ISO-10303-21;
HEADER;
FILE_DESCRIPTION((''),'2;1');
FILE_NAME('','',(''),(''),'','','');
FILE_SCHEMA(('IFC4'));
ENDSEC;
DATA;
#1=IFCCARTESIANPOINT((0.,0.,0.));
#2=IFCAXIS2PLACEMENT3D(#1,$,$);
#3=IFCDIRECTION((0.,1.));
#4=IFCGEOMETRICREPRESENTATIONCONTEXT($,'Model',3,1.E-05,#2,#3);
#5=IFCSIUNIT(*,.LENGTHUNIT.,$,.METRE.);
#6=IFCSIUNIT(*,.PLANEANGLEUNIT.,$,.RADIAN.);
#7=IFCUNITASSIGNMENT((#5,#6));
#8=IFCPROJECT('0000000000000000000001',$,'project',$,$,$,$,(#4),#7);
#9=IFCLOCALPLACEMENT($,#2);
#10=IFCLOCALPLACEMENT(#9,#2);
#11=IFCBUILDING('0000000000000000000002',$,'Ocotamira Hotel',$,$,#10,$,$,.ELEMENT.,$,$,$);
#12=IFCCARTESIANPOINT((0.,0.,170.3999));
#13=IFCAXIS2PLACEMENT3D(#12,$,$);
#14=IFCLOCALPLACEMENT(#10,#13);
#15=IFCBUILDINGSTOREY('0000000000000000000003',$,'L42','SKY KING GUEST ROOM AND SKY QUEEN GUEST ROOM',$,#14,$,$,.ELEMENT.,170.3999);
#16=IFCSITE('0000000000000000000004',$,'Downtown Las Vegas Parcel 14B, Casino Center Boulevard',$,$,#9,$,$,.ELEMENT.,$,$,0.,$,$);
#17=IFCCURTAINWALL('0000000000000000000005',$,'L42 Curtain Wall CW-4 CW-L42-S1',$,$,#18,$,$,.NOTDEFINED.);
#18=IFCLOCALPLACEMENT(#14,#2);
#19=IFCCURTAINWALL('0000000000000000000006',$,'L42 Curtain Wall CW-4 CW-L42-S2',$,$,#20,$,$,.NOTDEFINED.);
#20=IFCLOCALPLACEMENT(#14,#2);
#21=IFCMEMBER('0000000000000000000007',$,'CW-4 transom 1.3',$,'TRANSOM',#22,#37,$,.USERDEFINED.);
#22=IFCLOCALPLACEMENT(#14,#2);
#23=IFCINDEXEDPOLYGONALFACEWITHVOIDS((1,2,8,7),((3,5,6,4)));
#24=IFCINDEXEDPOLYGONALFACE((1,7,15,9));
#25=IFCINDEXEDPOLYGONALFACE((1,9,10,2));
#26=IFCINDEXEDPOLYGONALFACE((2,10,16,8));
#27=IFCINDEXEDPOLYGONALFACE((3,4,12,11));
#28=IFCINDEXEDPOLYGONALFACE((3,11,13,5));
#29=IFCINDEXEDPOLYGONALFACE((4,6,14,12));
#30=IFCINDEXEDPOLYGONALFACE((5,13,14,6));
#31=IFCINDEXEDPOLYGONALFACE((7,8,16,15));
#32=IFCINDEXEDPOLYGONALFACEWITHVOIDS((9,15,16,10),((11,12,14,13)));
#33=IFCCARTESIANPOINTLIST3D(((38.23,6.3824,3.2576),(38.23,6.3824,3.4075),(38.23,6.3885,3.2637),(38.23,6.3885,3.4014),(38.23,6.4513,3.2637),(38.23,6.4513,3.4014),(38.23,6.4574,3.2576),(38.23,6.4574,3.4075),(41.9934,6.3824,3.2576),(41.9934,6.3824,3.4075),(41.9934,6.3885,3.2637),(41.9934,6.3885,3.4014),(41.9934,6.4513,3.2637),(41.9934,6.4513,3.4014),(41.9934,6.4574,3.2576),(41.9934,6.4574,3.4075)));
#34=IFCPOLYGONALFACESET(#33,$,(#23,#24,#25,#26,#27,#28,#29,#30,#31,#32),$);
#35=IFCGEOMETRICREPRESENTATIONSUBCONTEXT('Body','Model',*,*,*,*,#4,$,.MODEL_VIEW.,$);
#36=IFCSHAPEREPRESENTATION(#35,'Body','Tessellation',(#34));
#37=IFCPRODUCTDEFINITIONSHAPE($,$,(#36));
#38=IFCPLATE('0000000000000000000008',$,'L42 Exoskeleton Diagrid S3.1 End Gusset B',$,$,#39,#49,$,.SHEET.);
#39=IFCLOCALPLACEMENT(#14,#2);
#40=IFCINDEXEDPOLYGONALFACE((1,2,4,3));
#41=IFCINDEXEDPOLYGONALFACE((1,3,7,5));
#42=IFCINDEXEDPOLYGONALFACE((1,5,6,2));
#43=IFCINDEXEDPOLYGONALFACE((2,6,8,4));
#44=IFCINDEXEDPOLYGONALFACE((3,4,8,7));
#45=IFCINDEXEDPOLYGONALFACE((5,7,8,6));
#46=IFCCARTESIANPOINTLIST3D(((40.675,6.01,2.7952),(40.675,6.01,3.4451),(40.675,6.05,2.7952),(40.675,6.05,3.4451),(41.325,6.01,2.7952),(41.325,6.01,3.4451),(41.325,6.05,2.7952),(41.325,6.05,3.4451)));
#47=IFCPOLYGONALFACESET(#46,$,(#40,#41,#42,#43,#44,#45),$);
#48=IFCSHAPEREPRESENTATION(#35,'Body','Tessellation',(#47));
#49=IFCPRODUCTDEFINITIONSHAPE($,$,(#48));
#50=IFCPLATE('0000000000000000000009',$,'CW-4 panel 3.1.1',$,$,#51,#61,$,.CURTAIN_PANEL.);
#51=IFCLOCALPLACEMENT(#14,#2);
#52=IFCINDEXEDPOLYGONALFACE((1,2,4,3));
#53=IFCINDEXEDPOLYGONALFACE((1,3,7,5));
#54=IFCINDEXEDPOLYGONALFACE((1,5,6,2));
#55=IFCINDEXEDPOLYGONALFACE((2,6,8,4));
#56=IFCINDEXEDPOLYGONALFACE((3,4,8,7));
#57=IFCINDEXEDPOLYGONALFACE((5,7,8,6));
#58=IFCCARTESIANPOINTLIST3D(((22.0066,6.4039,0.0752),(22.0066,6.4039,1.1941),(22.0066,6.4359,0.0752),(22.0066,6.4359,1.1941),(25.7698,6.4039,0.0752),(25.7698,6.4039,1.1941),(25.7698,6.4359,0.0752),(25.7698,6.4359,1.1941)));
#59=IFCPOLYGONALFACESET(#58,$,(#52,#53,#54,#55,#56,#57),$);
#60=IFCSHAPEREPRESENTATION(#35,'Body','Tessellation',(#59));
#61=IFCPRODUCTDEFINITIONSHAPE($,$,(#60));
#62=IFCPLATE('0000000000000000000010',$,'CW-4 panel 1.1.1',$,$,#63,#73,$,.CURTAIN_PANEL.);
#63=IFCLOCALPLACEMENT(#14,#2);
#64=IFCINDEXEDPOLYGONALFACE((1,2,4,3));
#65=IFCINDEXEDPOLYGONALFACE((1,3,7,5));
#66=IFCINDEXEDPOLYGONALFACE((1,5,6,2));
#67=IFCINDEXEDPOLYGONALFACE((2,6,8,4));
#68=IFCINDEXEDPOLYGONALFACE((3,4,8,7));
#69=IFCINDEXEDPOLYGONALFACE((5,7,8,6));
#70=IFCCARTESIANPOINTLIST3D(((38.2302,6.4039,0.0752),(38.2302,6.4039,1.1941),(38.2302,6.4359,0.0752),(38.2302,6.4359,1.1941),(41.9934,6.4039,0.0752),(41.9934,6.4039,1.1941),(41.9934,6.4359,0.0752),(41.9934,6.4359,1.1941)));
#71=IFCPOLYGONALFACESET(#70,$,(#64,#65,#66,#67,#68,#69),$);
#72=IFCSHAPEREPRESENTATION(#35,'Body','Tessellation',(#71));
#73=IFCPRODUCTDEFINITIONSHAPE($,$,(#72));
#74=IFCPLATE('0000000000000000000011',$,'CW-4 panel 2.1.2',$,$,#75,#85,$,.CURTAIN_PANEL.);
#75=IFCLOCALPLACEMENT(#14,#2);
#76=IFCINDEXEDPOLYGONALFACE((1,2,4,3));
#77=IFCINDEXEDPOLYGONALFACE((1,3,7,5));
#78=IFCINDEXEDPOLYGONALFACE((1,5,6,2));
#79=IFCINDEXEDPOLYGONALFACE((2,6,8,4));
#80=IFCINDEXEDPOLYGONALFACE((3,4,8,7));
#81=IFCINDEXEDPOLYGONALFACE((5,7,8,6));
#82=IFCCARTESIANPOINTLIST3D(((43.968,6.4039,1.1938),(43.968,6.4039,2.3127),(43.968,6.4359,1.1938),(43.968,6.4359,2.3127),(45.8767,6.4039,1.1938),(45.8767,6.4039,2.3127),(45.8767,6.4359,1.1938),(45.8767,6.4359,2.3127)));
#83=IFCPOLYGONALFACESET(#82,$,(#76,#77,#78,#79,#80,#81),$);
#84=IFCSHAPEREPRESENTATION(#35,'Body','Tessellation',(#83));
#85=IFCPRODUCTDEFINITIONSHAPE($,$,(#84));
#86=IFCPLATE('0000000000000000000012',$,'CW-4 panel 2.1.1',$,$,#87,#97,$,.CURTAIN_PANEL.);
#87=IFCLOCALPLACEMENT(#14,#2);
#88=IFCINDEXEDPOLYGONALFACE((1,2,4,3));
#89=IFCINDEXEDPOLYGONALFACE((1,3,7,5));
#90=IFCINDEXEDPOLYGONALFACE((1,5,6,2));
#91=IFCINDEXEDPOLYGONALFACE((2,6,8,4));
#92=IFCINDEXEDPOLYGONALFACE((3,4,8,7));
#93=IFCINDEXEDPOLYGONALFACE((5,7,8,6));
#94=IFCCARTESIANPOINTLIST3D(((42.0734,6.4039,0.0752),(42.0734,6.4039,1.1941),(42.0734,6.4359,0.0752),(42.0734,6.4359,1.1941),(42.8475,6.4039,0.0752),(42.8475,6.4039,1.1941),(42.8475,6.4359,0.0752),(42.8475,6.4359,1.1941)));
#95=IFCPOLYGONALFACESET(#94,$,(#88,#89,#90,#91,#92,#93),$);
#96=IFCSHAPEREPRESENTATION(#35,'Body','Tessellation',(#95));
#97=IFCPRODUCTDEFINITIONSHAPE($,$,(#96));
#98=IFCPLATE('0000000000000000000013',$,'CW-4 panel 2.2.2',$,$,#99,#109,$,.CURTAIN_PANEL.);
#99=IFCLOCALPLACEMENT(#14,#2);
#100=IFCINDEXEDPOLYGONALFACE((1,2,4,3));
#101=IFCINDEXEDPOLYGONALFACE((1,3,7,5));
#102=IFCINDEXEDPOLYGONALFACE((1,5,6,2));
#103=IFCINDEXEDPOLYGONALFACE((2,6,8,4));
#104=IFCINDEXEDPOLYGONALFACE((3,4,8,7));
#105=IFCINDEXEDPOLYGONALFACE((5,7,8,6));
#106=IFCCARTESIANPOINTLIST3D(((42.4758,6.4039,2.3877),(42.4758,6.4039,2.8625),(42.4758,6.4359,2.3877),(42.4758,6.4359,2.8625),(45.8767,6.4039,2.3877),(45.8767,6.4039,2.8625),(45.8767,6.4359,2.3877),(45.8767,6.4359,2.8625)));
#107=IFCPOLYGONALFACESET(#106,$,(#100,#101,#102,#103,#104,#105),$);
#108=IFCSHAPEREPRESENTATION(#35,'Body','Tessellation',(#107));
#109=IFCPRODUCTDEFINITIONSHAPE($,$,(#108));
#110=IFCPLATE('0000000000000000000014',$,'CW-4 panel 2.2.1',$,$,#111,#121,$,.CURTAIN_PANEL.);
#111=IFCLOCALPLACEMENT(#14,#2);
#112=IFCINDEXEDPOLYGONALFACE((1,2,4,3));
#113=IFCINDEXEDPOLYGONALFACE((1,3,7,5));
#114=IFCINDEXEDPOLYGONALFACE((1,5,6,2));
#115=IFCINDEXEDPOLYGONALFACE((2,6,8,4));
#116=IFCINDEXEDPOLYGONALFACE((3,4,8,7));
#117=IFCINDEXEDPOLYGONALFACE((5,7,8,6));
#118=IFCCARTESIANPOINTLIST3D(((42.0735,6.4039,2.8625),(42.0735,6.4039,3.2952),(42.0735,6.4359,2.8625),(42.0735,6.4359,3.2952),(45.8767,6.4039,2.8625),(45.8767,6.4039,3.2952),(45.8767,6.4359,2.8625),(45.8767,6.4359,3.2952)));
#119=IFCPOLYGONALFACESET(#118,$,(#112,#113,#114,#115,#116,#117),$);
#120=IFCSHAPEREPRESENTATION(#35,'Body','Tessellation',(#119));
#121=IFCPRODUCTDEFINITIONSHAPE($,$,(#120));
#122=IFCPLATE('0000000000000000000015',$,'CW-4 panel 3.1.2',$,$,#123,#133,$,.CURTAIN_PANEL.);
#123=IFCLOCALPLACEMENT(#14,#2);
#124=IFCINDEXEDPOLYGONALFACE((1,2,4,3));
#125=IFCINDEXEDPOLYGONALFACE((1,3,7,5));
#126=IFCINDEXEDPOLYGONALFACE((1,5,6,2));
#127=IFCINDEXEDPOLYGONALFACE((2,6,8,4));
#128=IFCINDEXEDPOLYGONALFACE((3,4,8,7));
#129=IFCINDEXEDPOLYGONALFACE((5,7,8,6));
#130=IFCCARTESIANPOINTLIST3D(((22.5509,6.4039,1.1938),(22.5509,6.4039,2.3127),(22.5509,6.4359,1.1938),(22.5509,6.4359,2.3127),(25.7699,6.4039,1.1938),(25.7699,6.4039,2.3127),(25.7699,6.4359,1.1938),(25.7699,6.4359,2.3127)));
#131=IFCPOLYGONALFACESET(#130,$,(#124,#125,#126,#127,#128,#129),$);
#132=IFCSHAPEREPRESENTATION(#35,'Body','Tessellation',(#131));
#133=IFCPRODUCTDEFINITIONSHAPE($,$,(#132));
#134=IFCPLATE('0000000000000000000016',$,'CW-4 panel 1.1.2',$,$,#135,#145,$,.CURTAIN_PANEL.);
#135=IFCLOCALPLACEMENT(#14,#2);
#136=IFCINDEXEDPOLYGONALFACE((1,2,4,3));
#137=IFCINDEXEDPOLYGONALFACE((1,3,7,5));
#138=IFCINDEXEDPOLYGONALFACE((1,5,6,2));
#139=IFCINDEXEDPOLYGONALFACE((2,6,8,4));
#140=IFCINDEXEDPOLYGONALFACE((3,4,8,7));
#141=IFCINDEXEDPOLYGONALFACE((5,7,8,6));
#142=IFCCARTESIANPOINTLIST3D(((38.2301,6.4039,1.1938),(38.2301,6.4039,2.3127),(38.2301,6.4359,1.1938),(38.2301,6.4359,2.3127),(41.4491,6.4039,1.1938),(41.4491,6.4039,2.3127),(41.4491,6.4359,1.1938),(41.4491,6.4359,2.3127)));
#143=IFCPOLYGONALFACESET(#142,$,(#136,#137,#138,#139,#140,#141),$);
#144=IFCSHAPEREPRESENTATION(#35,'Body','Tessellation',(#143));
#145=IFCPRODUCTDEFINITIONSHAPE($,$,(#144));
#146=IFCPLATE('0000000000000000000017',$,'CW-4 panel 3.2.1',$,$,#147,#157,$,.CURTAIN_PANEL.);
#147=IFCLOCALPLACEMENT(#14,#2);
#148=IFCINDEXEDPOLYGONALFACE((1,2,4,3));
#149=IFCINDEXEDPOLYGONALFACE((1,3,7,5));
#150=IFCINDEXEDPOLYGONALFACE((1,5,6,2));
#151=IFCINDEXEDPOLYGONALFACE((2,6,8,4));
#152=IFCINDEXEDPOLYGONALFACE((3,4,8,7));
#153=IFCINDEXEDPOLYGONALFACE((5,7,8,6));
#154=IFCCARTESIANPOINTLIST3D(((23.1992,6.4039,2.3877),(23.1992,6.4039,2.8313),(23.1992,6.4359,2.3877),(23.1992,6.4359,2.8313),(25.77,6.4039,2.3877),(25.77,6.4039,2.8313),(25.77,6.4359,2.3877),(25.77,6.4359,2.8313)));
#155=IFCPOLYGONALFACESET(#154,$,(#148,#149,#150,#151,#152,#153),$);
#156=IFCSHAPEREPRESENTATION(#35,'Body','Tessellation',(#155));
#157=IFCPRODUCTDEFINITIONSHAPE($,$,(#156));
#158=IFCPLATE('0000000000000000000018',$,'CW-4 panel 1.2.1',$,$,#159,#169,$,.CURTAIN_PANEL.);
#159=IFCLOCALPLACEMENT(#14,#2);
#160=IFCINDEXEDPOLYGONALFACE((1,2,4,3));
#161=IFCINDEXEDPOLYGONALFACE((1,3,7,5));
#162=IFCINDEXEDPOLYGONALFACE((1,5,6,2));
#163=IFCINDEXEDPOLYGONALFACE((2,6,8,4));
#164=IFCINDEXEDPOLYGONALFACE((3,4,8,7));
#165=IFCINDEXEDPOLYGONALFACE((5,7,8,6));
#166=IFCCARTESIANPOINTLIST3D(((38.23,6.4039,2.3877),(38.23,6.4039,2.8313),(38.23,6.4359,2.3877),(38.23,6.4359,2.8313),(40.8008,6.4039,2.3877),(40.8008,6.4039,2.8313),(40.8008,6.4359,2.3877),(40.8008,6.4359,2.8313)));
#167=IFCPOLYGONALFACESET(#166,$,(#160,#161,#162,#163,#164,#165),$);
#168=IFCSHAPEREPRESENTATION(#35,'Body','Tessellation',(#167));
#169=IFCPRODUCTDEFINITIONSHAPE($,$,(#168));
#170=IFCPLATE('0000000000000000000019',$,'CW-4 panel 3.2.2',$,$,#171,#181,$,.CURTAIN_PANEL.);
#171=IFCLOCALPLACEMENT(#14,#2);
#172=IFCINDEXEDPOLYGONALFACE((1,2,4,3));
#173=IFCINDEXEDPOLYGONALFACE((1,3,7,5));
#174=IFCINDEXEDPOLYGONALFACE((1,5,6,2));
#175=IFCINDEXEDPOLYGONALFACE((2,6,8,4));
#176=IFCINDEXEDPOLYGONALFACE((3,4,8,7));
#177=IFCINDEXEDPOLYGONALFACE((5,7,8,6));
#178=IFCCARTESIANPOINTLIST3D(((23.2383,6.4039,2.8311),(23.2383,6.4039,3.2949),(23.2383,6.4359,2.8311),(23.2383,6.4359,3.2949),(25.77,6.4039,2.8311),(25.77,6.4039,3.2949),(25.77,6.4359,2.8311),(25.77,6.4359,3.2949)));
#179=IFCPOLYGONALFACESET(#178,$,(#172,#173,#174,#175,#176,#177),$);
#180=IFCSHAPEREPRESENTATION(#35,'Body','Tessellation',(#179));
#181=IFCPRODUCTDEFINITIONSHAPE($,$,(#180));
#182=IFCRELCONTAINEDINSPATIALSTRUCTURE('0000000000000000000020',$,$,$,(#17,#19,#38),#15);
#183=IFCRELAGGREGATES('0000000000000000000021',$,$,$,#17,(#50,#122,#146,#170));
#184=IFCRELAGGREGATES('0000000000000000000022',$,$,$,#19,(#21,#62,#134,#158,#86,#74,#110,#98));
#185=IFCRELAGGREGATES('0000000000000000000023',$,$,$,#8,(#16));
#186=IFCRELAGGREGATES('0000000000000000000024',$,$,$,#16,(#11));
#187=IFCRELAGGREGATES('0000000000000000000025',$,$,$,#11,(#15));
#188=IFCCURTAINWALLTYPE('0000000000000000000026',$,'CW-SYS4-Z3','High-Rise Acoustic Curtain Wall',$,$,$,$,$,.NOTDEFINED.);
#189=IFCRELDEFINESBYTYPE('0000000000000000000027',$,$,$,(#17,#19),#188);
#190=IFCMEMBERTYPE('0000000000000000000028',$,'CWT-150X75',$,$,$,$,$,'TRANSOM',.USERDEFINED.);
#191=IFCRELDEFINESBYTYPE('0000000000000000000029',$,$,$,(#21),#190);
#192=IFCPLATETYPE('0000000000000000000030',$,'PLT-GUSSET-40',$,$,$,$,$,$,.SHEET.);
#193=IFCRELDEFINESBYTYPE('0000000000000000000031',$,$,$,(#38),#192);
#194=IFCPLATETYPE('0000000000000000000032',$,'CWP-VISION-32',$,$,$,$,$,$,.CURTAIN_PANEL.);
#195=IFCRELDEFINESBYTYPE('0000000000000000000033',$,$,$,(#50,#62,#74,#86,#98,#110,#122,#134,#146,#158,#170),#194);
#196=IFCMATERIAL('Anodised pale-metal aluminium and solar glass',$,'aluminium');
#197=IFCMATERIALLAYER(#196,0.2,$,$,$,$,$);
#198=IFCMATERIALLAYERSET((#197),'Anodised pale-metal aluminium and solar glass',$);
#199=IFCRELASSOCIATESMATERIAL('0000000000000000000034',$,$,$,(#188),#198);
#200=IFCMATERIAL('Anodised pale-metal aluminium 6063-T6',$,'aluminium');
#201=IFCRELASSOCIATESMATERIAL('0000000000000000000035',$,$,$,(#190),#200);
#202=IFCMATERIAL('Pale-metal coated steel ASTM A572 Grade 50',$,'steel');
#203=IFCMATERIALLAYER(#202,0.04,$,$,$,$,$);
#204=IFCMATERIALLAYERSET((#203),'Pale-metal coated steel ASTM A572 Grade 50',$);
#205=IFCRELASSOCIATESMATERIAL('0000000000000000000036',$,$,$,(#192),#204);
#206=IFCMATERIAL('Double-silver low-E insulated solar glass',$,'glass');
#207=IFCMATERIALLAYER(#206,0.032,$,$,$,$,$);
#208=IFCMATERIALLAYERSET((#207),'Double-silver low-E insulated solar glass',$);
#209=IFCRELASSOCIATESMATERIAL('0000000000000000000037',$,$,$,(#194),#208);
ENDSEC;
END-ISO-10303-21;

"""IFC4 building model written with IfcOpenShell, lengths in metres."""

from ifc_helpers import new_model, si_unit, direction, frame, origin, origin_2d, place, context, subcontext, project, spatial, rectangle, hollow_rectangle, extrude, source, transform, mapped, material, layer, layer_set, material_profile, profile_set, type_object, element, aggregate, save


model = new_model("IFC4")

# Units and contexts
model_context = context("Model", 3, precision=1e-05, world=origin(), true_north=direction((0.0, 1.0)))
body_context = subcontext(model_context, "Body", "Model", "MODEL_VIEW")
ifc_project = project(units=[si_unit("LENGTHUNIT", "METRE"), si_unit("PLANEANGLEUNIT", "RADIAN")], contexts=[model_context])

# Site, building, storey
site_placement = place(None, origin())
site = spatial("IfcSite", under=ifc_project, at=site_placement, Name="Downtown Las Vegas Parcel 14B, Casino Center Boulevard", CompositionType="ELEMENT", RefElevation=0.0)
building_placement = place(site_placement, origin())
building = spatial("IfcBuilding", under=site, at=building_placement, Name="Ocotamira Hotel", CompositionType="ELEMENT")
storey_placement = place(building_placement, frame((0.0, 0.0, 170.3999)))
storey = spatial("IfcBuildingStorey", under=building, at=storey_placement, Name="L42", Description="SKY KING GUEST ROOM AND SKY QUEEN GUEST ROOM", CompositionType="ELEMENT", Elevation=170.3999)

# Curtain wall
ifc_material_1 = material(Name="Anodised pale-metal aluminium and solar glass", Category="aluminium")
ifc_layer_1 = layer(ifc_material_1, 0.2)
ifc_layer_set_1 = layer_set([ifc_layer_1], Name="Anodised pale-metal aluminium and solar glass")
curtain_wall_type = type_object("IfcCurtainWallType", Name="CW-SYS4-Z3", Description="High-Rise Acoustic Curtain Wall", PredefinedType="NOTDEFINED", material=ifc_layer_set_1)
curtain_wall_1_placement = place(storey_placement, origin())
curtain_wall_1 = element("IfcCurtainWall", 1, at=curtain_wall_1_placement, inside=storey, type_object=curtain_wall_type, Name="L42 Curtain Wall CW-4 CW-L42-S1", PredefinedType="NOTDEFINED")
ifc_material_2 = material(Name="Anodised pale-metal aluminium 6063-T6", Category="aluminium")

# Curtain wall, member
curtain_wall_2_placement = place(storey_placement, origin())
curtain_wall_2 = element("IfcCurtainWall", 2, at=curtain_wall_2_placement, inside=storey, type_object=curtain_wall_type, Name="L42 Curtain Wall CW-4 CW-L42-S2", PredefinedType="NOTDEFINED")
ifc_material_profile_1 = material_profile(ifc_material_2, hollow_rectangle(XDim=0.075, YDim=0.1499, WallThickness=0.0061, at=origin_2d()), Name="HSS150X75X6")
ifc_profile_set_1 = profile_set([ifc_material_profile_1], Name="Anodised pale-metal aluminium 6063-T6")
member_type_1 = type_object("IfcMemberType", Name="CWT-150X75", ElementType="TRANSOM", PredefinedType="USERDEFINED", material=ifc_profile_set_1)
shared_shape_1 = source(origin(), body_context, "Body", "SweptSolid", [
    extrude(hollow_rectangle(XDim=0.075, YDim=0.1499, WallThickness=0.0061, at=origin_2d()), origin(), (0.0, 0.0, 1.0), 3.7634),
])
member_1_placement = place(storey_placement, frame((38.23, 6.4199, 3.3325), z_axis=(1.0, 0.0, 0.0), x_axis=(0.0, 1.0, 0.0)))
member_1 = element("IfcMember", 3, at=member_1_placement, type_object=member_type_1, Name="CW-4 transom 1.3", ObjectType="TRANSOM", PredefinedType="USERDEFINED", context=body_context, shape_type="MappedRepresentation", body=[
    mapped(shared_shape_1, transform((0.0, 0.0, 0.0), scale=1.0)),
])

# Plates
ifc_material_3 = material(Name="Pale-metal coated steel ASTM A572 Grade 50", Category="steel")
ifc_layer_2 = layer(ifc_material_3, 0.04)
ifc_layer_set_2 = layer_set([ifc_layer_2], Name="Pale-metal coated steel ASTM A572 Grade 50")
plate_type_1 = type_object("IfcPlateType", Name="PLT-GUSSET-40", PredefinedType="SHEET", material=ifc_layer_set_2)
shared_shape_2 = source(origin(), body_context, "Body", "SweptSolid", [
    extrude(rectangle(XDim=0.6499, YDim=0.04, at=origin_2d()), origin(), (0.0, 0.0, 1.0), 0.6499),
])
plate_1_placement = place(storey_placement, frame((41.0, 6.03, 2.7952), z_axis=(0.0, 0.0, 1.0), x_axis=(-1.0, 0.0, 0.0)))
element("IfcPlate", 4, at=plate_1_placement, inside=storey, type_object=plate_type_1, Name="L42 Exoskeleton Diagrid S3.1 End Gusset B", PredefinedType="SHEET", context=body_context, shape_type="MappedRepresentation", body=[
    mapped(shared_shape_2, transform((0.0, 0.0, 0.0), scale=1.0)),
])
ifc_material_4 = material(Name="Double-silver low-E insulated solar glass", Category="glass")
ifc_layer_3 = layer(ifc_material_4, 0.032)
ifc_layer_set_3 = layer_set([ifc_layer_3], Name="Double-silver low-E insulated solar glass")
plate_type_2 = type_object("IfcPlateType", Name="CWP-VISION-32", PredefinedType="CURTAIN_PANEL", material=ifc_layer_set_3)
shared_shape_3 = source(origin(), body_context, "Body", "SweptSolid", [
    extrude(rectangle(XDim=3.7632, YDim=0.032, at=origin_2d()), origin(), (0.0, 0.0, 1.0), 1.1189),
])
plate_2_placement = place(storey_placement, frame((23.8882, 6.4199, 0.0752), z_axis=(0.0, 0.0, 1.0), x_axis=(1.0, 0.0, 0.0)))
plate_2 = element("IfcPlate", 5, at=plate_2_placement, type_object=plate_type_2, Name="CW-4 panel 3.1.1", PredefinedType="CURTAIN_PANEL", context=body_context, shape_type="MappedRepresentation", body=[
    mapped(shared_shape_3, transform((0.0, 0.0, 0.0), scale=1.0)),
])
plate_3_placement = place(storey_placement, frame((40.1118, 6.4199, 0.0752), z_axis=(0.0, 0.0, 1.0), x_axis=(1.0, 0.0, 0.0)))
plate_3 = element("IfcPlate", 6, at=plate_3_placement, type_object=plate_type_2, Name="CW-4 panel 1.1.1", PredefinedType="CURTAIN_PANEL", context=body_context, shape_type="MappedRepresentation", body=[
    mapped(shared_shape_3, transform((0.0, 0.0, 0.0), scale=1.0)),
])
shared_shape_4 = source(origin(), body_context, "Body", "SweptSolid", [
    extrude(rectangle(XDim=1.9087, YDim=0.032, at=origin_2d()), origin(), (0.0, 0.0, 1.0), 1.1189),
])
plate_4_placement = place(storey_placement, frame((44.9224, 6.4199, 1.1938), z_axis=(0.0, 0.0, 1.0), x_axis=(1.0, 0.0, 0.0)))
plate_4 = element("IfcPlate", 7, at=plate_4_placement, type_object=plate_type_2, Name="CW-4 panel 2.1.2", PredefinedType="CURTAIN_PANEL", context=body_context, shape_type="MappedRepresentation", body=[
    mapped(shared_shape_4, transform((0.0, 0.0, 0.0), scale=1.0)),
])
shared_shape_5 = source(origin(), body_context, "Body", "SweptSolid", [
    extrude(rectangle(XDim=0.7742, YDim=0.032, at=origin_2d()), origin(), (0.0, 0.0, 1.0), 1.1189),
])
plate_5_placement = place(storey_placement, frame((42.4604, 6.4199, 0.0752), z_axis=(0.0, 0.0, 1.0), x_axis=(1.0, 0.0, 0.0)))
plate_5 = element("IfcPlate", 8, at=plate_5_placement, type_object=plate_type_2, Name="CW-4 panel 2.1.1", PredefinedType="CURTAIN_PANEL", context=body_context, shape_type="MappedRepresentation", body=[
    mapped(shared_shape_5, transform((0.0, 0.0, 0.0), scale=1.0)),
])
shared_shape_6 = source(origin(), body_context, "Body", "SweptSolid", [
    extrude(rectangle(XDim=3.4009, YDim=0.032, at=origin_2d()), origin(), (0.0, 0.0, 1.0), 0.4749),
])
plate_6_placement = place(storey_placement, frame((44.1763, 6.4199, 2.3877), z_axis=(0.0, 0.0, 1.0), x_axis=(1.0, 0.0, 0.0)))
plate_6 = element("IfcPlate", 9, at=plate_6_placement, type_object=plate_type_2, Name="CW-4 panel 2.2.2", PredefinedType="CURTAIN_PANEL", context=body_context, shape_type="MappedRepresentation", body=[
    mapped(shared_shape_6, transform((0.0, 0.0, 0.0), scale=1.0)),
])
shared_shape_7 = source(origin(), body_context, "Body", "SweptSolid", [
    extrude(rectangle(XDim=3.8032, YDim=0.032, at=origin_2d()), origin(), (0.0, 0.0, 1.0), 0.4326),
])
plate_7_placement = place(storey_placement, frame((43.9751, 6.4199, 2.8625), z_axis=(0.0, 0.0, 1.0), x_axis=(1.0, 0.0, 0.0)))
plate_7 = element("IfcPlate", 10, at=plate_7_placement, type_object=plate_type_2, Name="CW-4 panel 2.2.1", PredefinedType="CURTAIN_PANEL", context=body_context, shape_type="MappedRepresentation", body=[
    mapped(shared_shape_7, transform((0.0, 0.0, 0.0), scale=1.0)),
])
shared_shape_8 = source(origin(), body_context, "Body", "SweptSolid", [
    extrude(rectangle(XDim=3.219, YDim=0.032, at=origin_2d()), origin(), (0.0, 0.0, 1.0), 1.1189),
])
plate_8_placement = place(storey_placement, frame((24.1604, 6.4199, 1.1938), z_axis=(0.0, 0.0, 1.0), x_axis=(1.0, 0.0, 0.0)))
plate_8 = element("IfcPlate", 11, at=plate_8_placement, type_object=plate_type_2, Name="CW-4 panel 3.1.2", PredefinedType="CURTAIN_PANEL", context=body_context, shape_type="MappedRepresentation", body=[
    mapped(shared_shape_8, transform((0.0, 0.0, 0.0), scale=1.0)),
])
plate_9_placement = place(storey_placement, frame((39.8396, 6.4199, 1.1938), z_axis=(0.0, 0.0, 1.0), x_axis=(1.0, 0.0, 0.0)))
plate_9 = element("IfcPlate", 12, at=plate_9_placement, type_object=plate_type_2, Name="CW-4 panel 1.1.2", PredefinedType="CURTAIN_PANEL", context=body_context, shape_type="MappedRepresentation", body=[
    mapped(shared_shape_8, transform((0.0, 0.0, 0.0), scale=1.0)),
])
shared_shape_9 = source(origin(), body_context, "Body", "SweptSolid", [
    extrude(rectangle(XDim=2.5708, YDim=0.032, at=origin_2d()), origin(), (0.0, 0.0, 1.0), 0.4436),
])
plate_10_placement = place(storey_placement, frame((24.4846, 6.4199, 2.3877), z_axis=(0.0, 0.0, 1.0), x_axis=(1.0, 0.0, 0.0)))
plate_10 = element("IfcPlate", 13, at=plate_10_placement, type_object=plate_type_2, Name="CW-4 panel 3.2.1", PredefinedType="CURTAIN_PANEL", context=body_context, shape_type="MappedRepresentation", body=[
    mapped(shared_shape_9, transform((0.0, 0.0, 0.0), scale=1.0)),
])
plate_11_placement = place(storey_placement, frame((39.5154, 6.4199, 2.3877), z_axis=(0.0, 0.0, 1.0), x_axis=(1.0, 0.0, 0.0)))
plate_11 = element("IfcPlate", 14, at=plate_11_placement, type_object=plate_type_2, Name="CW-4 panel 1.2.1", PredefinedType="CURTAIN_PANEL", context=body_context, shape_type="MappedRepresentation", body=[
    mapped(shared_shape_9, transform((0.0, 0.0, 0.0), scale=1.0)),
])
shared_shape_10 = source(origin(), body_context, "Body", "SweptSolid", [
    extrude(rectangle(XDim=2.5317, YDim=0.032, at=origin_2d()), origin(), (0.0, 0.0, 1.0), 0.4639),
])
plate_12_placement = place(storey_placement, frame((24.5042, 6.4199, 2.8311), z_axis=(0.0, 0.0, 1.0), x_axis=(1.0, 0.0, 0.0)))
plate_12 = element("IfcPlate", 15, at=plate_12_placement, type_object=plate_type_2, Name="CW-4 panel 3.2.2", PredefinedType="CURTAIN_PANEL", context=body_context, shape_type="MappedRepresentation", body=[
    mapped(shared_shape_10, transform((0.0, 0.0, 0.0), scale=1.0)),
])
aggregate(curtain_wall_1, [plate_2, plate_8, plate_10, plate_12])
aggregate(curtain_wall_2, [member_1, plate_3, plate_9, plate_11, plate_5, plate_4, plate_7, plate_6])

save(model, "model.ifc")
